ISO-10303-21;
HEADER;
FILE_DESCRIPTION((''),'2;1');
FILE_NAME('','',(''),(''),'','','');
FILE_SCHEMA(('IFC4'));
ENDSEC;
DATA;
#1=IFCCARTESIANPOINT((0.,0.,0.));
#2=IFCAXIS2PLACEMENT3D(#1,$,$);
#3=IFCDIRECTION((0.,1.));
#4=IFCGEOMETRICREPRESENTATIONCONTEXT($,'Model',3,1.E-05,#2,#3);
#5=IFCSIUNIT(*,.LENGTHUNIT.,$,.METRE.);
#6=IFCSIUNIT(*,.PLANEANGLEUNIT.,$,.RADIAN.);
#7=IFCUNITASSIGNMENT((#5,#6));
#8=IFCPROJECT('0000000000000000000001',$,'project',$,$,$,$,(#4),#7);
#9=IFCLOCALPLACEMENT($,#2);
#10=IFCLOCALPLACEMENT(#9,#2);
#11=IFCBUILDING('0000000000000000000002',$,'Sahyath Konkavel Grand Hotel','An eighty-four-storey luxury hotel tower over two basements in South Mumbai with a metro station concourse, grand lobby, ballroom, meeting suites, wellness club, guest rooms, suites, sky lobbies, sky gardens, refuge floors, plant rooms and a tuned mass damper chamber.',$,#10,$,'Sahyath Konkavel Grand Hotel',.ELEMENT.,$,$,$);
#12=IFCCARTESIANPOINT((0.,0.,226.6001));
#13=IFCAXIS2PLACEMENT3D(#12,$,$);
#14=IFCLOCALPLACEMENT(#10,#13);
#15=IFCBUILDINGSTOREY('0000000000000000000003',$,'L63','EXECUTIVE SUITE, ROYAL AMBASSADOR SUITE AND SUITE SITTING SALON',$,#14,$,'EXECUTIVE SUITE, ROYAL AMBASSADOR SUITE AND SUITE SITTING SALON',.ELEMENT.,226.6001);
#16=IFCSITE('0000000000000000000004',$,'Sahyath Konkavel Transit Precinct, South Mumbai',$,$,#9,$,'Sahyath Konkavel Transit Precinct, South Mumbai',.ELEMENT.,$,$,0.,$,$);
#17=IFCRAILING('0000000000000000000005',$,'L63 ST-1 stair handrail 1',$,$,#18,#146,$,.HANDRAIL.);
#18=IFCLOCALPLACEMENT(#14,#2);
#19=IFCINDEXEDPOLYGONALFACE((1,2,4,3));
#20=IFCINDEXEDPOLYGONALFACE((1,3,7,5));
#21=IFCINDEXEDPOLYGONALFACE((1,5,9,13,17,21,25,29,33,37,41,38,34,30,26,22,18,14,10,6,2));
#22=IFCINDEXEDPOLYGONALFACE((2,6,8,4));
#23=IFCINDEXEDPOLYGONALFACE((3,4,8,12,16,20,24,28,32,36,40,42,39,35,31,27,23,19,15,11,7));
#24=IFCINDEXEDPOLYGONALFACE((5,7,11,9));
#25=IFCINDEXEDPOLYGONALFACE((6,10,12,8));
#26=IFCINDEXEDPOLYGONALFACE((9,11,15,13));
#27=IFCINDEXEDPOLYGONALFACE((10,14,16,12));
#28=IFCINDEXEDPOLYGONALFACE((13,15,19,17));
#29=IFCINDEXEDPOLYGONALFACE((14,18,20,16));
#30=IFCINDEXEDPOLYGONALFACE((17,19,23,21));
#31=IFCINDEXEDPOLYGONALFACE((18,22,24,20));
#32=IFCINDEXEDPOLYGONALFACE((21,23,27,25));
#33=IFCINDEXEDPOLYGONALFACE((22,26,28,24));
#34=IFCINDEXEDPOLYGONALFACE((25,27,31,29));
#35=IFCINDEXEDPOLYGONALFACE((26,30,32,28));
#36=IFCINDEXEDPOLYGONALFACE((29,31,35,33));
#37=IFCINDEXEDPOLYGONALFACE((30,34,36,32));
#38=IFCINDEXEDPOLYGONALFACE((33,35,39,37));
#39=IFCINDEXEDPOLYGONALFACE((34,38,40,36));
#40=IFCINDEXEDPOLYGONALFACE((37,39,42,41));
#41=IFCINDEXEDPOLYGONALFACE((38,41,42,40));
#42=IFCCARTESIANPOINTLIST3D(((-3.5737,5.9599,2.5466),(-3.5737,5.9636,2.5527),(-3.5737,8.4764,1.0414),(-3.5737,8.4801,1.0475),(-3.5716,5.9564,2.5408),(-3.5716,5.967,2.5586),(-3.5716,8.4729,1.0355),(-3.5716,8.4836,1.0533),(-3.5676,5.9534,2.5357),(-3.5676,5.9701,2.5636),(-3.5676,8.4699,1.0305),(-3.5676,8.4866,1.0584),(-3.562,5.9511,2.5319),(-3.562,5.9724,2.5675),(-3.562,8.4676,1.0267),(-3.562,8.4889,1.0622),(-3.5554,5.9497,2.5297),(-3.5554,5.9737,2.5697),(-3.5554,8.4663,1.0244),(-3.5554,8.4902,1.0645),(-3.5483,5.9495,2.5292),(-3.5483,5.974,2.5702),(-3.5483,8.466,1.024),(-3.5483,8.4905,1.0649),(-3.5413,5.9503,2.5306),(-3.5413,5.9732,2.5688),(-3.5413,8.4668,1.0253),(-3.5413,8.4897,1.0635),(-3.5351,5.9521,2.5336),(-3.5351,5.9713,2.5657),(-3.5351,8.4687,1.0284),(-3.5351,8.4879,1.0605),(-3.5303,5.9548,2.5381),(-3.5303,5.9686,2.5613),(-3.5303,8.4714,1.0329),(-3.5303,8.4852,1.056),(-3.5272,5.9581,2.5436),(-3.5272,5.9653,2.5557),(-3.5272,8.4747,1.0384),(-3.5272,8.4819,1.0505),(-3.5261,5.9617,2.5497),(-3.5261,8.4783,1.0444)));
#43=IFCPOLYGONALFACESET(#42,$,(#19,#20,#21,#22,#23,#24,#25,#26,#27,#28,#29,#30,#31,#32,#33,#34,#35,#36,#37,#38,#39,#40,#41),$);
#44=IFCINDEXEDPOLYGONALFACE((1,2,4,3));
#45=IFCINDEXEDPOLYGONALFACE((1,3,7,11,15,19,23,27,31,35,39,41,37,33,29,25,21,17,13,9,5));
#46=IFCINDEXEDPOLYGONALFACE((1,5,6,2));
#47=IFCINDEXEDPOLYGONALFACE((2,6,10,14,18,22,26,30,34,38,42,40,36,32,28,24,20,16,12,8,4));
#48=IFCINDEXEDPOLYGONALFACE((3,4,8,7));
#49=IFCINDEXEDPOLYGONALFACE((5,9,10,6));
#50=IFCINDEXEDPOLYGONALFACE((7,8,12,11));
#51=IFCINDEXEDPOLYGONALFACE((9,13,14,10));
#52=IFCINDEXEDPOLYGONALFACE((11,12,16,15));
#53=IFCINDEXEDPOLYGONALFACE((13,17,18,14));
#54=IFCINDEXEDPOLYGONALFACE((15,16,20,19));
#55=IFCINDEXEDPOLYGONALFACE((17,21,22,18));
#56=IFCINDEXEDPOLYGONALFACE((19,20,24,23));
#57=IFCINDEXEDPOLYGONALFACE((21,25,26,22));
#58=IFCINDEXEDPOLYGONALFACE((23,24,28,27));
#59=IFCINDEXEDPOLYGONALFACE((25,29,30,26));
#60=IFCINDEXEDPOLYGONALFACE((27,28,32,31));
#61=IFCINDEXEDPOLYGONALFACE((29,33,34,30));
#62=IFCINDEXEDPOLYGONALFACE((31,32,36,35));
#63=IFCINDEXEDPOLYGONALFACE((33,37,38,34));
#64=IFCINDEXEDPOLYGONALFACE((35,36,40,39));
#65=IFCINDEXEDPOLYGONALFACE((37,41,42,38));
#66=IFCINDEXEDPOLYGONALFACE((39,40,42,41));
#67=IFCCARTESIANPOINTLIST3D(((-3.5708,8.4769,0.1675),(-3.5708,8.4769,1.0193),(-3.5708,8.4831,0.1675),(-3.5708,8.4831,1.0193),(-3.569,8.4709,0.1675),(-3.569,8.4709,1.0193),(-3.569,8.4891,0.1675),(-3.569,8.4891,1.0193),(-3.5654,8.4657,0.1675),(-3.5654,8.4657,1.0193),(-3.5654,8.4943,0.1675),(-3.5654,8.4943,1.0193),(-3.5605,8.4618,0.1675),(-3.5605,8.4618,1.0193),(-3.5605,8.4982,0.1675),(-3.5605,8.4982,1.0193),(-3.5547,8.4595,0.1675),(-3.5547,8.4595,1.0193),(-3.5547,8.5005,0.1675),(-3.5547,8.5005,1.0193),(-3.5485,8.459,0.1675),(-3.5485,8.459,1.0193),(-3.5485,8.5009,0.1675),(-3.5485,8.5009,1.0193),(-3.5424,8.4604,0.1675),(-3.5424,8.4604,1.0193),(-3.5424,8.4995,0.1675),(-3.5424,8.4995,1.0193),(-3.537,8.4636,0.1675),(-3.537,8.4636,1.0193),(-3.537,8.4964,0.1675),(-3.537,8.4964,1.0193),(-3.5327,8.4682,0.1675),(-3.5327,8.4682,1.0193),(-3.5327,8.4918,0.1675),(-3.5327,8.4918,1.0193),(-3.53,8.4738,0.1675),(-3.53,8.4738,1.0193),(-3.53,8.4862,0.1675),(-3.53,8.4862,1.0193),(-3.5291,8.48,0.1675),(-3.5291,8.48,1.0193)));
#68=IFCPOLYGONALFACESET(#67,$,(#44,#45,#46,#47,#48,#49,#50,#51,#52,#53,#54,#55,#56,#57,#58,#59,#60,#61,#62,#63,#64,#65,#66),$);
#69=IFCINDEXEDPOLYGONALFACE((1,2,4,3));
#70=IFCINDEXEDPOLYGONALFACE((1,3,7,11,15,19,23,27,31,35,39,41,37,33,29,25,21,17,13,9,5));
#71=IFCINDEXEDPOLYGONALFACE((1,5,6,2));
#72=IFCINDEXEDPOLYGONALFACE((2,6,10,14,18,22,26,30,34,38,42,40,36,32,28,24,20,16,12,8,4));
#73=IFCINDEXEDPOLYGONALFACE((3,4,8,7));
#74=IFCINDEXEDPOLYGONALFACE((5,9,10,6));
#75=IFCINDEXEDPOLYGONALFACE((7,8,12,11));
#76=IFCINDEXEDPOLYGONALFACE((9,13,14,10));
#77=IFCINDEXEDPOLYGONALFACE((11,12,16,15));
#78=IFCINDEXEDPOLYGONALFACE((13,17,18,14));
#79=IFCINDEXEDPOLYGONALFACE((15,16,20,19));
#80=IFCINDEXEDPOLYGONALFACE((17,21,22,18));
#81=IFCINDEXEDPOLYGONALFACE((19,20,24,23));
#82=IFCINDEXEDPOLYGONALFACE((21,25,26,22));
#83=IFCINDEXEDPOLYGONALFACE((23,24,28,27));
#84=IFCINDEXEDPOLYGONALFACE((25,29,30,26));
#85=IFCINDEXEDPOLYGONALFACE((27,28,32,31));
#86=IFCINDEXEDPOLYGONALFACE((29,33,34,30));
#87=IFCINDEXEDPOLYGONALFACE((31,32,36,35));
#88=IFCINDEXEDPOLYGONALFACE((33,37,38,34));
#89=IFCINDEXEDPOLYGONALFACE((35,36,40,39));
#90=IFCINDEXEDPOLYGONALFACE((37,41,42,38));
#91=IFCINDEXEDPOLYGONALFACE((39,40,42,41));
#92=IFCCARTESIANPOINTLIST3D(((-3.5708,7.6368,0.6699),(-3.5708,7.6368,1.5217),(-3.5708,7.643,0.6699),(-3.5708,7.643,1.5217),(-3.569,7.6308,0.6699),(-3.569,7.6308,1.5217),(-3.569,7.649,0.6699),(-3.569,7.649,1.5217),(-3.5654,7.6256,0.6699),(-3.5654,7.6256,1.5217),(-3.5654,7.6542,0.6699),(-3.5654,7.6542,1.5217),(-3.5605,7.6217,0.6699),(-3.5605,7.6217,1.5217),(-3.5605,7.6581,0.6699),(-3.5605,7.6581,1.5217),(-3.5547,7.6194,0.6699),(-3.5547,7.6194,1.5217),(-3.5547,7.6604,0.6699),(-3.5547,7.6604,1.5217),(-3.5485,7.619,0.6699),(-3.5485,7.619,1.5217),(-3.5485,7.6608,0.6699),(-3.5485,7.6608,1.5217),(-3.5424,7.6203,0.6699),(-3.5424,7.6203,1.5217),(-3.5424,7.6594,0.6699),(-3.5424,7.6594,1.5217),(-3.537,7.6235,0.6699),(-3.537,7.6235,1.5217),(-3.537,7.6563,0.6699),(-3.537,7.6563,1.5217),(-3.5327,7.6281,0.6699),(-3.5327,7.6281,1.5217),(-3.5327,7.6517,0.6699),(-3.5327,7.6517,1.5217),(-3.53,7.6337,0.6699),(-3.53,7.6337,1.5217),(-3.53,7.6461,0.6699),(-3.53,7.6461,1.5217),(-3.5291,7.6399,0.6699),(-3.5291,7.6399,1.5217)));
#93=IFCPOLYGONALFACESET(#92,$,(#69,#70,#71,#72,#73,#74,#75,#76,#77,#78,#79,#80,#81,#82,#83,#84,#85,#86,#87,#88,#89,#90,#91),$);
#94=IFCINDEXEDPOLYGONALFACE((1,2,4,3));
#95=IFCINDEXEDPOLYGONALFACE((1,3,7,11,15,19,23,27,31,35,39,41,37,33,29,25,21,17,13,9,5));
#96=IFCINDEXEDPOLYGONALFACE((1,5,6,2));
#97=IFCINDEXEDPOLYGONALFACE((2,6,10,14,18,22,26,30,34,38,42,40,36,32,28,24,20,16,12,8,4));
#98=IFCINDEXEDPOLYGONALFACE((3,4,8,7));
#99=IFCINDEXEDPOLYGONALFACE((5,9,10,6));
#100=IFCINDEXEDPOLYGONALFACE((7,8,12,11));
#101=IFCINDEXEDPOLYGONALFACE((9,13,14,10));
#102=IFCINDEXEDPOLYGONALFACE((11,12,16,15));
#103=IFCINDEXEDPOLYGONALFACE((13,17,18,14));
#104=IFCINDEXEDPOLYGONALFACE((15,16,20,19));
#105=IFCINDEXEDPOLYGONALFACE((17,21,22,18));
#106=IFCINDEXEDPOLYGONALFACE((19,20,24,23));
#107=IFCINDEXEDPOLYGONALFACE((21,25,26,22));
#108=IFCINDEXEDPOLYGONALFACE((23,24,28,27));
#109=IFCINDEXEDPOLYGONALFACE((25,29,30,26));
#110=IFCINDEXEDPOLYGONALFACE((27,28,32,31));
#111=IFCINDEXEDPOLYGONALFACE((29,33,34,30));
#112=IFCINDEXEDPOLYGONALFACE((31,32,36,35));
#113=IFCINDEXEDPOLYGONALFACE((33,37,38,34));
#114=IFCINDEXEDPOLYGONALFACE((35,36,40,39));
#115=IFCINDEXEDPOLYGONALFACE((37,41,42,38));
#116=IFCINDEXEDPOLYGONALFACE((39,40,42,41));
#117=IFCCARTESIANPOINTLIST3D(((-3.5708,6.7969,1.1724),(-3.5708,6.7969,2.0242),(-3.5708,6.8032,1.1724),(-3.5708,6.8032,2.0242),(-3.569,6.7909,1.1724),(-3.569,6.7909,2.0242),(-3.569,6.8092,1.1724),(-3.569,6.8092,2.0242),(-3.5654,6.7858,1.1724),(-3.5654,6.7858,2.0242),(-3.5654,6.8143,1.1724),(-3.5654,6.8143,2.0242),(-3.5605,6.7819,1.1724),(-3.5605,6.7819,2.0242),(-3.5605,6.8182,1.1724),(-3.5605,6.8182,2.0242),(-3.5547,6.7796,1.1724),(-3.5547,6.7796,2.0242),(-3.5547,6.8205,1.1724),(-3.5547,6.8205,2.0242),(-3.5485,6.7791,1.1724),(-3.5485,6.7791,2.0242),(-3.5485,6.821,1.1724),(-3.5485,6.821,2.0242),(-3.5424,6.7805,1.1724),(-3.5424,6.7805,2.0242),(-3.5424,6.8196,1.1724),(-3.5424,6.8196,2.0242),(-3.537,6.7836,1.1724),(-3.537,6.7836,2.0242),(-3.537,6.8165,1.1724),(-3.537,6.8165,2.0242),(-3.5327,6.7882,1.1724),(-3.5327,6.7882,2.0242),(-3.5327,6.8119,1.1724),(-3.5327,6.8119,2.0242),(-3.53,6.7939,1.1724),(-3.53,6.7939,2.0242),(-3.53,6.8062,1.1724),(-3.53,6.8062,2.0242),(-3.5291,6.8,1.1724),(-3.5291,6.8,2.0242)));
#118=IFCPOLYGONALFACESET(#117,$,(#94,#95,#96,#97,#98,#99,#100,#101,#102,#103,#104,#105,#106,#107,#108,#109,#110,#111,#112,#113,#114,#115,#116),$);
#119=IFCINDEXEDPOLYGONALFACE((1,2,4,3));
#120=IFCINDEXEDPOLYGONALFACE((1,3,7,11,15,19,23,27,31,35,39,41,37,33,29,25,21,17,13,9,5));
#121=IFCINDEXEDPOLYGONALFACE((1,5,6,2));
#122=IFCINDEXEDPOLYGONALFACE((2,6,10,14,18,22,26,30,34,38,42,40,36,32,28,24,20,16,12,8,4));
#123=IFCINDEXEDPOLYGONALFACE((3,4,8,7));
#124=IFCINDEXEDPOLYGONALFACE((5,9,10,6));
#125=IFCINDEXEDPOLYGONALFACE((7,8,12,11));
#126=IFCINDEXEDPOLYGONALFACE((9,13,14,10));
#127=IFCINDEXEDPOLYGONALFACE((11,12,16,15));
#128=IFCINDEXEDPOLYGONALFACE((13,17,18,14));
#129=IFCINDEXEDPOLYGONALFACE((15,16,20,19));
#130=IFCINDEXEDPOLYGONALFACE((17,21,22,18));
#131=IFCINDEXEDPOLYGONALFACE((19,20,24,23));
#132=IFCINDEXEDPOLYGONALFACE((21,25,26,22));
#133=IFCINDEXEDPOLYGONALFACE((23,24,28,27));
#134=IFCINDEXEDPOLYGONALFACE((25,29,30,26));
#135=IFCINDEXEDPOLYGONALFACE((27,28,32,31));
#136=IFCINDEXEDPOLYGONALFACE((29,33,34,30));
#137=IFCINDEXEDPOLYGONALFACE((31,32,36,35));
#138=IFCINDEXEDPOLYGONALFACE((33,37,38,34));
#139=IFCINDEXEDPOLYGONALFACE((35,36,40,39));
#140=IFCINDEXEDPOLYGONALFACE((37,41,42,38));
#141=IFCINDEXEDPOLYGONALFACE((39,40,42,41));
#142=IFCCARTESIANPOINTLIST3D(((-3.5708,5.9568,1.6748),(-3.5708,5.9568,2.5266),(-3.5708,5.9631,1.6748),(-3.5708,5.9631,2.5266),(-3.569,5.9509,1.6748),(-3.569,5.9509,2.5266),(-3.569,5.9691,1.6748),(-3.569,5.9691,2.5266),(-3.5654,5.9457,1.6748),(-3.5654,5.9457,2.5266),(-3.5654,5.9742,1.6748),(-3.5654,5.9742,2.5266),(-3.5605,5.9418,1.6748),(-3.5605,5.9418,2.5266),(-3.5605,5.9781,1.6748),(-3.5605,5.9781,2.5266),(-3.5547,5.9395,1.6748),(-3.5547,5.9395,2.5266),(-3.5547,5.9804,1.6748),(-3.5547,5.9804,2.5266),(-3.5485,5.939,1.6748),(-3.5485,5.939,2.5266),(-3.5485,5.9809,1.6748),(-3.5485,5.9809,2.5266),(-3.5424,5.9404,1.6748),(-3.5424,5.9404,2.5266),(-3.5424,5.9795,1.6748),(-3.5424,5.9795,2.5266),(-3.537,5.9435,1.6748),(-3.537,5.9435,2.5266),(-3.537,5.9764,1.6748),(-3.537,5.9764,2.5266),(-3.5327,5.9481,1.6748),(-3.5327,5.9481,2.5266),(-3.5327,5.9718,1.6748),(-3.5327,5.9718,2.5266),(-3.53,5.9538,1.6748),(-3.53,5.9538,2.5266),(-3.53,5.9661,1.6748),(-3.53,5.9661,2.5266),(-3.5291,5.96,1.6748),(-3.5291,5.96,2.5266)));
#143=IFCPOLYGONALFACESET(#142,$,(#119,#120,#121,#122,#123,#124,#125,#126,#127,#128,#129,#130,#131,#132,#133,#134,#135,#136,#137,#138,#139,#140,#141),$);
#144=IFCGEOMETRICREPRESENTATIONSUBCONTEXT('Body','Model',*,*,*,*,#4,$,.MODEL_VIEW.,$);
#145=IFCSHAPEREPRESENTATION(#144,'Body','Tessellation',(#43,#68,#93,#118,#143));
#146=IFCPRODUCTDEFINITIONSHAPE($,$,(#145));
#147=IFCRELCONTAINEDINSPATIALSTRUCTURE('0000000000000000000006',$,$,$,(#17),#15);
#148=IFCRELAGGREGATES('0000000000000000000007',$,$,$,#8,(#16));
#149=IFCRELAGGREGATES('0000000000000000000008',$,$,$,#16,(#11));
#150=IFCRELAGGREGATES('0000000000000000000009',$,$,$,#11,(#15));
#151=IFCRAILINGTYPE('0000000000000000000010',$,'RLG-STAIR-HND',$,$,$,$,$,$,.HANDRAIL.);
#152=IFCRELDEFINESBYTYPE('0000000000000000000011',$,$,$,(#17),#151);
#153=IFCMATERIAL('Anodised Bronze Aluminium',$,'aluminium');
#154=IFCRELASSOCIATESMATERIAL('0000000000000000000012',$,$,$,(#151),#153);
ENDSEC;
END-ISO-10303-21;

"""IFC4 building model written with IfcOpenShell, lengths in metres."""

from ifc_helpers import new_model, si_unit, direction, frame, origin, origin_2d, place, context, subcontext, project, spatial, circle, extrude, material, type_object, element, save


model = new_model("IFC4")

# Units and contexts
model_context = context("Model", 3, precision=1e-05, world=origin(), true_north=direction((0.0, 1.0)))
body_context = subcontext(model_context, "Body", "Model", "MODEL_VIEW")
ifc_project = project(units=[si_unit("LENGTHUNIT", "METRE"), si_unit("PLANEANGLEUNIT", "RADIAN")], contexts=[model_context])

# Site, building, storey
site_placement = place(None, origin())
site = spatial("IfcSite", under=ifc_project, at=site_placement, Name="Sahyath Konkavel Transit Precinct, South Mumbai", LongName="Sahyath Konkavel Transit Precinct, South Mumbai", CompositionType="ELEMENT", RefElevation=0.0)
building_placement = place(site_placement, origin())
building = spatial("IfcBuilding", under=site, at=building_placement, Name="Sahyath Konkavel Grand Hotel", Description="An eighty-four-storey luxury hotel tower over two basements in South Mumbai with a metro station concourse, grand lobby, ballroom, meeting suites, wellness club, guest rooms, suites, sky lobbies, sky gardens, refuge floors, plant rooms and a tuned mass damper chamber.", LongName="Sahyath Konkavel Grand Hotel", CompositionType="ELEMENT")
storey_placement = place(building_placement, frame((0.0, 0.0, 226.6001)))
storey = spatial("IfcBuildingStorey", under=building, at=storey_placement, Name="L63", Description="EXECUTIVE SUITE, ROYAL AMBASSADOR SUITE AND SUITE SITTING SALON", LongName="EXECUTIVE SUITE, ROYAL AMBASSADOR SUITE AND SUITE SITTING SALON", CompositionType="ELEMENT", Elevation=226.6001)

# Shared definitions
ifc_material_1 = material(Name="Anodised Bronze Aluminium", Category="aluminium")

# Railing
railing_type_1 = type_object("IfcRailingType", Name="RLG-STAIR-HND", PredefinedType="HANDRAIL", material=ifc_material_1)
railing_1_placement = place(storey_placement, frame((-3.55, 8.48, 0.1675)))
element("IfcRailing", 1, at=railing_1_placement, inside=storey, type_object=railing_type_1, Name="L63 ST-1 stair handrail 1", PredefinedType="HANDRAIL", context=body_context, shape_type="SweptSolid", body=[
    extrude(circle(Radius=0.0239, at=origin_2d()), frame((0.0, -0.0017, 0.877), z_axis=(0.0, -0.858196, 0.513321), x_axis=(1.0, 0.0, 0.0)), (0.0, 0.0, 1.0), 2.9324),
    extrude(circle(Radius=0.021, at=origin_2d()), origin(), (0.0, 0.0, 1.0), 0.8518),
    extrude(circle(Radius=0.021, at=origin_2d()), frame((0.0, -0.8401, 0.5024)), (0.0, 0.0, 1.0), 0.8518),
    extrude(circle(Radius=0.021, at=origin_2d()), frame((0.0, -1.6799, 1.0049)), (0.0, 0.0, 1.0), 0.8518),
    extrude(circle(Radius=0.021, at=origin_2d()), frame((0.0, -2.52, 1.5073)), (0.0, 0.0, 1.0), 0.8518),
])

save(model, "model.ifc")
